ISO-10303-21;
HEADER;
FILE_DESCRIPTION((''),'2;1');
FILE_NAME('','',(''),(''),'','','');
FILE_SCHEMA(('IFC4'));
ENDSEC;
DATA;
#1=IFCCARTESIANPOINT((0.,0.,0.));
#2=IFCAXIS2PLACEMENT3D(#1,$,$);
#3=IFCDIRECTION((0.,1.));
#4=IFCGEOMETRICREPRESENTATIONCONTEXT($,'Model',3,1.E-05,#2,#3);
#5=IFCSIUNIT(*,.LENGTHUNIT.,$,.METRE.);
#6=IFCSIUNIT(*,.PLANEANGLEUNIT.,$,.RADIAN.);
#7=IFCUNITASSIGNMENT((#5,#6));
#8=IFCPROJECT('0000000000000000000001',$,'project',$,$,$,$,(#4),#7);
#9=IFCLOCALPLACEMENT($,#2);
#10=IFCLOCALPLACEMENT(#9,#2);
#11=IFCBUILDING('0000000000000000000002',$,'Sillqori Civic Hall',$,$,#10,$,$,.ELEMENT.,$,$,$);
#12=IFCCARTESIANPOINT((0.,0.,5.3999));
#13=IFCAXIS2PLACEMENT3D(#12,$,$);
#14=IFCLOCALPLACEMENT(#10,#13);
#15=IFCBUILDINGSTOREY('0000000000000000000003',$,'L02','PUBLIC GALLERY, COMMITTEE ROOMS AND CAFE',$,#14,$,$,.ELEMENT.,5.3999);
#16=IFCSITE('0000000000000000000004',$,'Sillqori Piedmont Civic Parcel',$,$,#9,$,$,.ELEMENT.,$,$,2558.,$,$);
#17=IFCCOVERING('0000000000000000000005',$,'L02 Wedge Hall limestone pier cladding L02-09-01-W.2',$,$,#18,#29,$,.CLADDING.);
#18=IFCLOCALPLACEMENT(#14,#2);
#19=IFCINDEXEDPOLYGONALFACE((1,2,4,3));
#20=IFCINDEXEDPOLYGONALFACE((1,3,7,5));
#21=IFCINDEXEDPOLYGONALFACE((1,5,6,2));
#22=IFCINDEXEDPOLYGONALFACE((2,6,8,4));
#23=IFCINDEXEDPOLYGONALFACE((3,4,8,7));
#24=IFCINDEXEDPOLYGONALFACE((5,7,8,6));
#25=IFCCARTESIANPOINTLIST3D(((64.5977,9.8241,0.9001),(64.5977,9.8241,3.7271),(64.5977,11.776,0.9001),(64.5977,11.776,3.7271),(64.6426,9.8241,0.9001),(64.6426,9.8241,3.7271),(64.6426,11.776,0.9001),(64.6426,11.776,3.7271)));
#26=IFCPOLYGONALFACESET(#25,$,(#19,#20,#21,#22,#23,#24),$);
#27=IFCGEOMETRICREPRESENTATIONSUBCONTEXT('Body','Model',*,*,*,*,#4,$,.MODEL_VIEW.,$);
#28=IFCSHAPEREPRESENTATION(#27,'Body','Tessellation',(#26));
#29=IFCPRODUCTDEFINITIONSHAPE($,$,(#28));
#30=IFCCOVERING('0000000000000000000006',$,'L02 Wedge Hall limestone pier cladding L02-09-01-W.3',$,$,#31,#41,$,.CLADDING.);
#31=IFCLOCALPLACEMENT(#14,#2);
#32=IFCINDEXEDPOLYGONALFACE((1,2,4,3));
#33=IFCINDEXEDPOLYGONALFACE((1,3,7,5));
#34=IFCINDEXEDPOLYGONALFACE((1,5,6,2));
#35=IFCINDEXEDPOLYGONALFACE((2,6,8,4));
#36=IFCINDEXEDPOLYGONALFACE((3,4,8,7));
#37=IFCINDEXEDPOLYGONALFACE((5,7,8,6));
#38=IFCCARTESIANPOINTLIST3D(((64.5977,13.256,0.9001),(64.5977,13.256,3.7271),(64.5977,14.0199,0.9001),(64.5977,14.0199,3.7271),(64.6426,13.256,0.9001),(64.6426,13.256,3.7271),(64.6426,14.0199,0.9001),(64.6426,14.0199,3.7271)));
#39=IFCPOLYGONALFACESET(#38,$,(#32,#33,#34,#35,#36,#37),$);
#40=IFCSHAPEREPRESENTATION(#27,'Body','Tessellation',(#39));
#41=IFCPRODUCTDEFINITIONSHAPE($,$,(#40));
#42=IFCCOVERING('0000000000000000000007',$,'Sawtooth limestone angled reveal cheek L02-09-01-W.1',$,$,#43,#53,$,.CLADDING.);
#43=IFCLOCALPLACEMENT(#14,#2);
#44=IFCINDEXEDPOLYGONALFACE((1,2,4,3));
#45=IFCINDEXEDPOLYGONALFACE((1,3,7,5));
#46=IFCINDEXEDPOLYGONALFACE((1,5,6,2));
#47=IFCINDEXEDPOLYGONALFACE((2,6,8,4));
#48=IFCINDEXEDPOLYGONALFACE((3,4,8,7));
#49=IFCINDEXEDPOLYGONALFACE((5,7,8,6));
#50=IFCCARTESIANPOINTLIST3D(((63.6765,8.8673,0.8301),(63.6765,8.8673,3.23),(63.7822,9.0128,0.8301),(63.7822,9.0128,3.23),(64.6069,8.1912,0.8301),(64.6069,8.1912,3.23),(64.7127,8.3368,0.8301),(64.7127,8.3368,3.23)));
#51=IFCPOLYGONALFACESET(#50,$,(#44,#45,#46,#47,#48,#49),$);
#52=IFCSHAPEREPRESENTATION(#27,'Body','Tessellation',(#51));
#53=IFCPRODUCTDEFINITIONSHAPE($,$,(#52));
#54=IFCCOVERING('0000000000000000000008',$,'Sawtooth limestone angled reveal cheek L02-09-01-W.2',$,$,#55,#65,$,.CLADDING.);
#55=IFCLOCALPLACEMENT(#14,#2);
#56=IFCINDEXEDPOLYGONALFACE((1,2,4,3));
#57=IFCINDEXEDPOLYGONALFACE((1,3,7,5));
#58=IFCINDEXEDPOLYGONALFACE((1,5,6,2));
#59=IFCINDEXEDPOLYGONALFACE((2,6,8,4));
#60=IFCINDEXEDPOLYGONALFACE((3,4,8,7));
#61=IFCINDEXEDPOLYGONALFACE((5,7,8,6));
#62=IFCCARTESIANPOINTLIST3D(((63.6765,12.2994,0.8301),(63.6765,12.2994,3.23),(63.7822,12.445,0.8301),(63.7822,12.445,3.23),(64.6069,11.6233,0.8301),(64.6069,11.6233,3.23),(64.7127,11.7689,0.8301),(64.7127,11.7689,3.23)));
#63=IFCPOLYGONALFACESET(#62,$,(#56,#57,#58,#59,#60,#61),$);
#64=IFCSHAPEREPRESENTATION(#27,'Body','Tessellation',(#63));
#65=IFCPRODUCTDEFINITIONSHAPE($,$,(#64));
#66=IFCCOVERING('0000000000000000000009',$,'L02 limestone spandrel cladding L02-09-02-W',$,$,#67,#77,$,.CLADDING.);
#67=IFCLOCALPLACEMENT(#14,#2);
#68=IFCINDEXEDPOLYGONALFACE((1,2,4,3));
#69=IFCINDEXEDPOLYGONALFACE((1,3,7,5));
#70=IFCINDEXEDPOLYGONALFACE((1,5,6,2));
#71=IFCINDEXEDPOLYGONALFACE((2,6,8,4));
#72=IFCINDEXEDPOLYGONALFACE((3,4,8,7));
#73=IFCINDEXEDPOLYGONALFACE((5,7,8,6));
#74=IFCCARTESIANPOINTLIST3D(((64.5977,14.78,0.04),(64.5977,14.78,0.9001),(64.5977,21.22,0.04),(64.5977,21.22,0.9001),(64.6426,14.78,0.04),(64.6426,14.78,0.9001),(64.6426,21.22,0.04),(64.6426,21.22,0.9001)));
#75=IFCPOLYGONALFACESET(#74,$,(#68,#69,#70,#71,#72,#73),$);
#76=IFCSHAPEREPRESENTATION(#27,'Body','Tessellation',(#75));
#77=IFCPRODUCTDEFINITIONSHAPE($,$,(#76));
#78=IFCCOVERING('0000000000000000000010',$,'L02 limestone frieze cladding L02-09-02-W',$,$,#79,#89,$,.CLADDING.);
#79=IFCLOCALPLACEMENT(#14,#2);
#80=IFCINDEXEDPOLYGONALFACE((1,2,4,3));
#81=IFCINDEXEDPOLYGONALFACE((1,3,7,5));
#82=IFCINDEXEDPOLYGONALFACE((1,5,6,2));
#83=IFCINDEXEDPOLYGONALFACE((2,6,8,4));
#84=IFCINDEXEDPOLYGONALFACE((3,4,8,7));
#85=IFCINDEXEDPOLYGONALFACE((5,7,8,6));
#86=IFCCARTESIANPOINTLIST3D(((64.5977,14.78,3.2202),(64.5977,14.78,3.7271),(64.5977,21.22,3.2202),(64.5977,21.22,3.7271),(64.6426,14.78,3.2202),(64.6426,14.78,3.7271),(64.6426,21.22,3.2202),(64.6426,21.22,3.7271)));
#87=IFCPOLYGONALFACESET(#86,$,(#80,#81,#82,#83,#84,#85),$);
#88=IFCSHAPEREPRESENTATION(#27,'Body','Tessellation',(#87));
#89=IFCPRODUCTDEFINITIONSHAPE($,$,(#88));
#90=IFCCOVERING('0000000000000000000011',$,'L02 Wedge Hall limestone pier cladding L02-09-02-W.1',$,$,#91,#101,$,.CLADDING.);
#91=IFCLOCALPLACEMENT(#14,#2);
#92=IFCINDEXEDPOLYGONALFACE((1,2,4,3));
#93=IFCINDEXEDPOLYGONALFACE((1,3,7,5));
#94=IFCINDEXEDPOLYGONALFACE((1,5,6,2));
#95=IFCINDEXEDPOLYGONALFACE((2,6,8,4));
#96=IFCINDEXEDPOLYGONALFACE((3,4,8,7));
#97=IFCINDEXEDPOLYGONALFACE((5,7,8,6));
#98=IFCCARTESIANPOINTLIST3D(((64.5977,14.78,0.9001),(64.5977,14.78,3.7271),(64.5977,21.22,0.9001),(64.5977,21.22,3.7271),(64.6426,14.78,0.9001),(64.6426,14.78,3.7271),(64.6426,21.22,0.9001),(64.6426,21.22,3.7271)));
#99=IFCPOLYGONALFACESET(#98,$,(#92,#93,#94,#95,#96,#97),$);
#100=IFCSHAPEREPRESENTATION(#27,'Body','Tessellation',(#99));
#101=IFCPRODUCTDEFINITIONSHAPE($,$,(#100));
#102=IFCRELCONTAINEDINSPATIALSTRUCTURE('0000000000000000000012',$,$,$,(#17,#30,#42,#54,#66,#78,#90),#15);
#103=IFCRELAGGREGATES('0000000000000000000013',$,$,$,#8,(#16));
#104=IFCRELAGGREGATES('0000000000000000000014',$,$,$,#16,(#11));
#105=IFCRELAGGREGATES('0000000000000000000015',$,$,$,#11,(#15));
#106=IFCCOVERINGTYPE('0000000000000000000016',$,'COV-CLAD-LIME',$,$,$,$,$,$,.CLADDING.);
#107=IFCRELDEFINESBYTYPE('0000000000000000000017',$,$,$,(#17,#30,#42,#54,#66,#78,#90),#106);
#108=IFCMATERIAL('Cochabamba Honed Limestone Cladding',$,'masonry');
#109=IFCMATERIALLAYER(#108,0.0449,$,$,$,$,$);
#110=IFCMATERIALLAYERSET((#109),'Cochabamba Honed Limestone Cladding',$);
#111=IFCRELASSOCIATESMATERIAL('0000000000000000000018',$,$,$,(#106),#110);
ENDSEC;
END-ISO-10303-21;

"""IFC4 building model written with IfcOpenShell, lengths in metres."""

from ifc_helpers import new_model, si_unit, direction, frame, frame_2d, origin, place, context, subcontext, project, spatial, rectangle, extrude, material, layer, layer_set, type_object, element, save


model = new_model("IFC4")

# Units and contexts
model_context = context("Model", 3, precision=1e-05, world=origin(), true_north=direction((0.0, 1.0)))
body_context = subcontext(model_context, "Body", "Model", "MODEL_VIEW")
ifc_project = project(units=[si_unit("LENGTHUNIT", "METRE"), si_unit("PLANEANGLEUNIT", "RADIAN")], contexts=[model_context])

# Site, building, storey
site_placement = place(None, origin())
site = spatial("IfcSite", under=ifc_project, at=site_placement, Name="Sillqori Piedmont Civic Parcel", CompositionType="ELEMENT", RefElevation=2558.0)
building_placement = place(site_placement, origin())
building = spatial("IfcBuilding", under=site, at=building_placement, Name="Sillqori Civic Hall", CompositionType="ELEMENT")
storey_placement = place(building_placement, frame((0.0, 0.0, 5.3999)))
storey = spatial("IfcBuildingStorey", under=building, at=storey_placement, Name="L02", Description="PUBLIC GALLERY, COMMITTEE ROOMS AND CAFE", CompositionType="ELEMENT", Elevation=5.3999)

# Coverings
ifc_material_1 = material(Name="Cochabamba Honed Limestone Cladding", Category="masonry")
ifc_layer_1 = layer(ifc_material_1, 0.0449)
ifc_layer_set_1 = layer_set([ifc_layer_1], Name="Cochabamba Honed Limestone Cladding")
covering_type = type_object("IfcCoveringType", Name="COV-CLAD-LIME", PredefinedType="CLADDING", material=ifc_layer_set_1)
covering_1_placement = place(storey_placement, frame((64.6201, 9.824, 0.9001), z_axis=(0.0, 0.0, 1.0), x_axis=(0.0, 1.0, 0.0)))
element("IfcCovering", 1, at=covering_1_placement, inside=storey, type_object=covering_type, Name="L02 Wedge Hall limestone pier cladding L02-09-01-W.2", PredefinedType="CLADDING", context=body_context, shape_type="SweptSolid", body=[
    extrude(rectangle(XDim=1.9519, YDim=0.0449, at=frame_2d((0.9761, 0.0))), origin(), (0.0, 0.0, 1.0), 2.8269),
])
covering_2_placement = place(storey_placement, frame((64.6201, 13.2561, 0.9001), z_axis=(0.0, 0.0, 1.0), x_axis=(0.0, 1.0, 0.0)))
element("IfcCovering", 2, at=covering_2_placement, inside=storey, type_object=covering_type, Name="L02 Wedge Hall limestone pier cladding L02-09-01-W.3", PredefinedType="CLADDING", context=body_context, shape_type="SweptSolid", body=[
    extrude(rectangle(XDim=0.7639, YDim=0.0449, at=frame_2d((0.3818, 0.0))), origin(), (0.0, 0.0, 1.0), 2.8269),
])
for number, where, z_axis, x_axis, name in (
    (3, (64.6599, 8.2639, 0.8301), (0.0, 0.0, 1.0), (-0.809002, 0.587806, 0.0), "Sawtooth limestone angled reveal cheek L02-09-01-W.1"),
    (4, (64.6599, 11.696, 0.8301), (0.0, 0.0, 1.0), (-0.809002, 0.587806, 0.0), "Sawtooth limestone angled reveal cheek L02-09-01-W.2"),
):
    element("IfcCovering", number, at=place(storey_placement, frame(where, z_axis=z_axis, x_axis=x_axis)), inside=storey, type_object=covering_type, Name=name, PredefinedType="CLADDING", context=body_context, shape_type="SweptSolid", body=[
        extrude(rectangle(XDim=1.1501, YDim=0.1799, at=frame_2d((0.5752, 0.0))), origin(), (0.0, 0.0, 1.0), 2.3999),
    ])
covering_3_placement = place(storey_placement, frame((64.6201, 14.78, 0.04), z_axis=(0.0, 0.0, 1.0), x_axis=(0.0, 1.0, 0.0)))
element("IfcCovering", 5, at=covering_3_placement, inside=storey, type_object=covering_type, Name="L02 limestone spandrel cladding L02-09-02-W", PredefinedType="CLADDING", context=body_context, shape_type="SweptSolid", body=[
    extrude(rectangle(XDim=6.4399, YDim=0.0449, at=frame_2d((3.22, 0.0))), origin(), (0.0, 0.0, 1.0), 0.8601),
])
covering_4_placement = place(storey_placement, frame((64.6201, 14.78, 3.2202), z_axis=(0.0, 0.0, 1.0), x_axis=(0.0, 1.0, 0.0)))
element("IfcCovering", 6, at=covering_4_placement, inside=storey, type_object=covering_type, Name="L02 limestone frieze cladding L02-09-02-W", PredefinedType="CLADDING", context=body_context, shape_type="SweptSolid", body=[
    extrude(rectangle(XDim=6.4399, YDim=0.0449, at=frame_2d((3.22, 0.0))), origin(), (0.0, 0.0, 1.0), 0.5068),
])
covering_5_placement = place(storey_placement, frame((64.6201, 14.78, 0.9001), z_axis=(0.0, 0.0, 1.0), x_axis=(0.0, 1.0, 0.0)))
element("IfcCovering", 7, at=covering_5_placement, inside=storey, type_object=covering_type, Name="L02 Wedge Hall limestone pier cladding L02-09-02-W.1", PredefinedType="CLADDING", context=body_context, shape_type="SweptSolid", body=[
    extrude(rectangle(XDim=6.4399, YDim=0.0449, at=frame_2d((3.22, 0.0))), origin(), (0.0, 0.0, 1.0), 2.8269),
])

save(model, "model.ifc")
